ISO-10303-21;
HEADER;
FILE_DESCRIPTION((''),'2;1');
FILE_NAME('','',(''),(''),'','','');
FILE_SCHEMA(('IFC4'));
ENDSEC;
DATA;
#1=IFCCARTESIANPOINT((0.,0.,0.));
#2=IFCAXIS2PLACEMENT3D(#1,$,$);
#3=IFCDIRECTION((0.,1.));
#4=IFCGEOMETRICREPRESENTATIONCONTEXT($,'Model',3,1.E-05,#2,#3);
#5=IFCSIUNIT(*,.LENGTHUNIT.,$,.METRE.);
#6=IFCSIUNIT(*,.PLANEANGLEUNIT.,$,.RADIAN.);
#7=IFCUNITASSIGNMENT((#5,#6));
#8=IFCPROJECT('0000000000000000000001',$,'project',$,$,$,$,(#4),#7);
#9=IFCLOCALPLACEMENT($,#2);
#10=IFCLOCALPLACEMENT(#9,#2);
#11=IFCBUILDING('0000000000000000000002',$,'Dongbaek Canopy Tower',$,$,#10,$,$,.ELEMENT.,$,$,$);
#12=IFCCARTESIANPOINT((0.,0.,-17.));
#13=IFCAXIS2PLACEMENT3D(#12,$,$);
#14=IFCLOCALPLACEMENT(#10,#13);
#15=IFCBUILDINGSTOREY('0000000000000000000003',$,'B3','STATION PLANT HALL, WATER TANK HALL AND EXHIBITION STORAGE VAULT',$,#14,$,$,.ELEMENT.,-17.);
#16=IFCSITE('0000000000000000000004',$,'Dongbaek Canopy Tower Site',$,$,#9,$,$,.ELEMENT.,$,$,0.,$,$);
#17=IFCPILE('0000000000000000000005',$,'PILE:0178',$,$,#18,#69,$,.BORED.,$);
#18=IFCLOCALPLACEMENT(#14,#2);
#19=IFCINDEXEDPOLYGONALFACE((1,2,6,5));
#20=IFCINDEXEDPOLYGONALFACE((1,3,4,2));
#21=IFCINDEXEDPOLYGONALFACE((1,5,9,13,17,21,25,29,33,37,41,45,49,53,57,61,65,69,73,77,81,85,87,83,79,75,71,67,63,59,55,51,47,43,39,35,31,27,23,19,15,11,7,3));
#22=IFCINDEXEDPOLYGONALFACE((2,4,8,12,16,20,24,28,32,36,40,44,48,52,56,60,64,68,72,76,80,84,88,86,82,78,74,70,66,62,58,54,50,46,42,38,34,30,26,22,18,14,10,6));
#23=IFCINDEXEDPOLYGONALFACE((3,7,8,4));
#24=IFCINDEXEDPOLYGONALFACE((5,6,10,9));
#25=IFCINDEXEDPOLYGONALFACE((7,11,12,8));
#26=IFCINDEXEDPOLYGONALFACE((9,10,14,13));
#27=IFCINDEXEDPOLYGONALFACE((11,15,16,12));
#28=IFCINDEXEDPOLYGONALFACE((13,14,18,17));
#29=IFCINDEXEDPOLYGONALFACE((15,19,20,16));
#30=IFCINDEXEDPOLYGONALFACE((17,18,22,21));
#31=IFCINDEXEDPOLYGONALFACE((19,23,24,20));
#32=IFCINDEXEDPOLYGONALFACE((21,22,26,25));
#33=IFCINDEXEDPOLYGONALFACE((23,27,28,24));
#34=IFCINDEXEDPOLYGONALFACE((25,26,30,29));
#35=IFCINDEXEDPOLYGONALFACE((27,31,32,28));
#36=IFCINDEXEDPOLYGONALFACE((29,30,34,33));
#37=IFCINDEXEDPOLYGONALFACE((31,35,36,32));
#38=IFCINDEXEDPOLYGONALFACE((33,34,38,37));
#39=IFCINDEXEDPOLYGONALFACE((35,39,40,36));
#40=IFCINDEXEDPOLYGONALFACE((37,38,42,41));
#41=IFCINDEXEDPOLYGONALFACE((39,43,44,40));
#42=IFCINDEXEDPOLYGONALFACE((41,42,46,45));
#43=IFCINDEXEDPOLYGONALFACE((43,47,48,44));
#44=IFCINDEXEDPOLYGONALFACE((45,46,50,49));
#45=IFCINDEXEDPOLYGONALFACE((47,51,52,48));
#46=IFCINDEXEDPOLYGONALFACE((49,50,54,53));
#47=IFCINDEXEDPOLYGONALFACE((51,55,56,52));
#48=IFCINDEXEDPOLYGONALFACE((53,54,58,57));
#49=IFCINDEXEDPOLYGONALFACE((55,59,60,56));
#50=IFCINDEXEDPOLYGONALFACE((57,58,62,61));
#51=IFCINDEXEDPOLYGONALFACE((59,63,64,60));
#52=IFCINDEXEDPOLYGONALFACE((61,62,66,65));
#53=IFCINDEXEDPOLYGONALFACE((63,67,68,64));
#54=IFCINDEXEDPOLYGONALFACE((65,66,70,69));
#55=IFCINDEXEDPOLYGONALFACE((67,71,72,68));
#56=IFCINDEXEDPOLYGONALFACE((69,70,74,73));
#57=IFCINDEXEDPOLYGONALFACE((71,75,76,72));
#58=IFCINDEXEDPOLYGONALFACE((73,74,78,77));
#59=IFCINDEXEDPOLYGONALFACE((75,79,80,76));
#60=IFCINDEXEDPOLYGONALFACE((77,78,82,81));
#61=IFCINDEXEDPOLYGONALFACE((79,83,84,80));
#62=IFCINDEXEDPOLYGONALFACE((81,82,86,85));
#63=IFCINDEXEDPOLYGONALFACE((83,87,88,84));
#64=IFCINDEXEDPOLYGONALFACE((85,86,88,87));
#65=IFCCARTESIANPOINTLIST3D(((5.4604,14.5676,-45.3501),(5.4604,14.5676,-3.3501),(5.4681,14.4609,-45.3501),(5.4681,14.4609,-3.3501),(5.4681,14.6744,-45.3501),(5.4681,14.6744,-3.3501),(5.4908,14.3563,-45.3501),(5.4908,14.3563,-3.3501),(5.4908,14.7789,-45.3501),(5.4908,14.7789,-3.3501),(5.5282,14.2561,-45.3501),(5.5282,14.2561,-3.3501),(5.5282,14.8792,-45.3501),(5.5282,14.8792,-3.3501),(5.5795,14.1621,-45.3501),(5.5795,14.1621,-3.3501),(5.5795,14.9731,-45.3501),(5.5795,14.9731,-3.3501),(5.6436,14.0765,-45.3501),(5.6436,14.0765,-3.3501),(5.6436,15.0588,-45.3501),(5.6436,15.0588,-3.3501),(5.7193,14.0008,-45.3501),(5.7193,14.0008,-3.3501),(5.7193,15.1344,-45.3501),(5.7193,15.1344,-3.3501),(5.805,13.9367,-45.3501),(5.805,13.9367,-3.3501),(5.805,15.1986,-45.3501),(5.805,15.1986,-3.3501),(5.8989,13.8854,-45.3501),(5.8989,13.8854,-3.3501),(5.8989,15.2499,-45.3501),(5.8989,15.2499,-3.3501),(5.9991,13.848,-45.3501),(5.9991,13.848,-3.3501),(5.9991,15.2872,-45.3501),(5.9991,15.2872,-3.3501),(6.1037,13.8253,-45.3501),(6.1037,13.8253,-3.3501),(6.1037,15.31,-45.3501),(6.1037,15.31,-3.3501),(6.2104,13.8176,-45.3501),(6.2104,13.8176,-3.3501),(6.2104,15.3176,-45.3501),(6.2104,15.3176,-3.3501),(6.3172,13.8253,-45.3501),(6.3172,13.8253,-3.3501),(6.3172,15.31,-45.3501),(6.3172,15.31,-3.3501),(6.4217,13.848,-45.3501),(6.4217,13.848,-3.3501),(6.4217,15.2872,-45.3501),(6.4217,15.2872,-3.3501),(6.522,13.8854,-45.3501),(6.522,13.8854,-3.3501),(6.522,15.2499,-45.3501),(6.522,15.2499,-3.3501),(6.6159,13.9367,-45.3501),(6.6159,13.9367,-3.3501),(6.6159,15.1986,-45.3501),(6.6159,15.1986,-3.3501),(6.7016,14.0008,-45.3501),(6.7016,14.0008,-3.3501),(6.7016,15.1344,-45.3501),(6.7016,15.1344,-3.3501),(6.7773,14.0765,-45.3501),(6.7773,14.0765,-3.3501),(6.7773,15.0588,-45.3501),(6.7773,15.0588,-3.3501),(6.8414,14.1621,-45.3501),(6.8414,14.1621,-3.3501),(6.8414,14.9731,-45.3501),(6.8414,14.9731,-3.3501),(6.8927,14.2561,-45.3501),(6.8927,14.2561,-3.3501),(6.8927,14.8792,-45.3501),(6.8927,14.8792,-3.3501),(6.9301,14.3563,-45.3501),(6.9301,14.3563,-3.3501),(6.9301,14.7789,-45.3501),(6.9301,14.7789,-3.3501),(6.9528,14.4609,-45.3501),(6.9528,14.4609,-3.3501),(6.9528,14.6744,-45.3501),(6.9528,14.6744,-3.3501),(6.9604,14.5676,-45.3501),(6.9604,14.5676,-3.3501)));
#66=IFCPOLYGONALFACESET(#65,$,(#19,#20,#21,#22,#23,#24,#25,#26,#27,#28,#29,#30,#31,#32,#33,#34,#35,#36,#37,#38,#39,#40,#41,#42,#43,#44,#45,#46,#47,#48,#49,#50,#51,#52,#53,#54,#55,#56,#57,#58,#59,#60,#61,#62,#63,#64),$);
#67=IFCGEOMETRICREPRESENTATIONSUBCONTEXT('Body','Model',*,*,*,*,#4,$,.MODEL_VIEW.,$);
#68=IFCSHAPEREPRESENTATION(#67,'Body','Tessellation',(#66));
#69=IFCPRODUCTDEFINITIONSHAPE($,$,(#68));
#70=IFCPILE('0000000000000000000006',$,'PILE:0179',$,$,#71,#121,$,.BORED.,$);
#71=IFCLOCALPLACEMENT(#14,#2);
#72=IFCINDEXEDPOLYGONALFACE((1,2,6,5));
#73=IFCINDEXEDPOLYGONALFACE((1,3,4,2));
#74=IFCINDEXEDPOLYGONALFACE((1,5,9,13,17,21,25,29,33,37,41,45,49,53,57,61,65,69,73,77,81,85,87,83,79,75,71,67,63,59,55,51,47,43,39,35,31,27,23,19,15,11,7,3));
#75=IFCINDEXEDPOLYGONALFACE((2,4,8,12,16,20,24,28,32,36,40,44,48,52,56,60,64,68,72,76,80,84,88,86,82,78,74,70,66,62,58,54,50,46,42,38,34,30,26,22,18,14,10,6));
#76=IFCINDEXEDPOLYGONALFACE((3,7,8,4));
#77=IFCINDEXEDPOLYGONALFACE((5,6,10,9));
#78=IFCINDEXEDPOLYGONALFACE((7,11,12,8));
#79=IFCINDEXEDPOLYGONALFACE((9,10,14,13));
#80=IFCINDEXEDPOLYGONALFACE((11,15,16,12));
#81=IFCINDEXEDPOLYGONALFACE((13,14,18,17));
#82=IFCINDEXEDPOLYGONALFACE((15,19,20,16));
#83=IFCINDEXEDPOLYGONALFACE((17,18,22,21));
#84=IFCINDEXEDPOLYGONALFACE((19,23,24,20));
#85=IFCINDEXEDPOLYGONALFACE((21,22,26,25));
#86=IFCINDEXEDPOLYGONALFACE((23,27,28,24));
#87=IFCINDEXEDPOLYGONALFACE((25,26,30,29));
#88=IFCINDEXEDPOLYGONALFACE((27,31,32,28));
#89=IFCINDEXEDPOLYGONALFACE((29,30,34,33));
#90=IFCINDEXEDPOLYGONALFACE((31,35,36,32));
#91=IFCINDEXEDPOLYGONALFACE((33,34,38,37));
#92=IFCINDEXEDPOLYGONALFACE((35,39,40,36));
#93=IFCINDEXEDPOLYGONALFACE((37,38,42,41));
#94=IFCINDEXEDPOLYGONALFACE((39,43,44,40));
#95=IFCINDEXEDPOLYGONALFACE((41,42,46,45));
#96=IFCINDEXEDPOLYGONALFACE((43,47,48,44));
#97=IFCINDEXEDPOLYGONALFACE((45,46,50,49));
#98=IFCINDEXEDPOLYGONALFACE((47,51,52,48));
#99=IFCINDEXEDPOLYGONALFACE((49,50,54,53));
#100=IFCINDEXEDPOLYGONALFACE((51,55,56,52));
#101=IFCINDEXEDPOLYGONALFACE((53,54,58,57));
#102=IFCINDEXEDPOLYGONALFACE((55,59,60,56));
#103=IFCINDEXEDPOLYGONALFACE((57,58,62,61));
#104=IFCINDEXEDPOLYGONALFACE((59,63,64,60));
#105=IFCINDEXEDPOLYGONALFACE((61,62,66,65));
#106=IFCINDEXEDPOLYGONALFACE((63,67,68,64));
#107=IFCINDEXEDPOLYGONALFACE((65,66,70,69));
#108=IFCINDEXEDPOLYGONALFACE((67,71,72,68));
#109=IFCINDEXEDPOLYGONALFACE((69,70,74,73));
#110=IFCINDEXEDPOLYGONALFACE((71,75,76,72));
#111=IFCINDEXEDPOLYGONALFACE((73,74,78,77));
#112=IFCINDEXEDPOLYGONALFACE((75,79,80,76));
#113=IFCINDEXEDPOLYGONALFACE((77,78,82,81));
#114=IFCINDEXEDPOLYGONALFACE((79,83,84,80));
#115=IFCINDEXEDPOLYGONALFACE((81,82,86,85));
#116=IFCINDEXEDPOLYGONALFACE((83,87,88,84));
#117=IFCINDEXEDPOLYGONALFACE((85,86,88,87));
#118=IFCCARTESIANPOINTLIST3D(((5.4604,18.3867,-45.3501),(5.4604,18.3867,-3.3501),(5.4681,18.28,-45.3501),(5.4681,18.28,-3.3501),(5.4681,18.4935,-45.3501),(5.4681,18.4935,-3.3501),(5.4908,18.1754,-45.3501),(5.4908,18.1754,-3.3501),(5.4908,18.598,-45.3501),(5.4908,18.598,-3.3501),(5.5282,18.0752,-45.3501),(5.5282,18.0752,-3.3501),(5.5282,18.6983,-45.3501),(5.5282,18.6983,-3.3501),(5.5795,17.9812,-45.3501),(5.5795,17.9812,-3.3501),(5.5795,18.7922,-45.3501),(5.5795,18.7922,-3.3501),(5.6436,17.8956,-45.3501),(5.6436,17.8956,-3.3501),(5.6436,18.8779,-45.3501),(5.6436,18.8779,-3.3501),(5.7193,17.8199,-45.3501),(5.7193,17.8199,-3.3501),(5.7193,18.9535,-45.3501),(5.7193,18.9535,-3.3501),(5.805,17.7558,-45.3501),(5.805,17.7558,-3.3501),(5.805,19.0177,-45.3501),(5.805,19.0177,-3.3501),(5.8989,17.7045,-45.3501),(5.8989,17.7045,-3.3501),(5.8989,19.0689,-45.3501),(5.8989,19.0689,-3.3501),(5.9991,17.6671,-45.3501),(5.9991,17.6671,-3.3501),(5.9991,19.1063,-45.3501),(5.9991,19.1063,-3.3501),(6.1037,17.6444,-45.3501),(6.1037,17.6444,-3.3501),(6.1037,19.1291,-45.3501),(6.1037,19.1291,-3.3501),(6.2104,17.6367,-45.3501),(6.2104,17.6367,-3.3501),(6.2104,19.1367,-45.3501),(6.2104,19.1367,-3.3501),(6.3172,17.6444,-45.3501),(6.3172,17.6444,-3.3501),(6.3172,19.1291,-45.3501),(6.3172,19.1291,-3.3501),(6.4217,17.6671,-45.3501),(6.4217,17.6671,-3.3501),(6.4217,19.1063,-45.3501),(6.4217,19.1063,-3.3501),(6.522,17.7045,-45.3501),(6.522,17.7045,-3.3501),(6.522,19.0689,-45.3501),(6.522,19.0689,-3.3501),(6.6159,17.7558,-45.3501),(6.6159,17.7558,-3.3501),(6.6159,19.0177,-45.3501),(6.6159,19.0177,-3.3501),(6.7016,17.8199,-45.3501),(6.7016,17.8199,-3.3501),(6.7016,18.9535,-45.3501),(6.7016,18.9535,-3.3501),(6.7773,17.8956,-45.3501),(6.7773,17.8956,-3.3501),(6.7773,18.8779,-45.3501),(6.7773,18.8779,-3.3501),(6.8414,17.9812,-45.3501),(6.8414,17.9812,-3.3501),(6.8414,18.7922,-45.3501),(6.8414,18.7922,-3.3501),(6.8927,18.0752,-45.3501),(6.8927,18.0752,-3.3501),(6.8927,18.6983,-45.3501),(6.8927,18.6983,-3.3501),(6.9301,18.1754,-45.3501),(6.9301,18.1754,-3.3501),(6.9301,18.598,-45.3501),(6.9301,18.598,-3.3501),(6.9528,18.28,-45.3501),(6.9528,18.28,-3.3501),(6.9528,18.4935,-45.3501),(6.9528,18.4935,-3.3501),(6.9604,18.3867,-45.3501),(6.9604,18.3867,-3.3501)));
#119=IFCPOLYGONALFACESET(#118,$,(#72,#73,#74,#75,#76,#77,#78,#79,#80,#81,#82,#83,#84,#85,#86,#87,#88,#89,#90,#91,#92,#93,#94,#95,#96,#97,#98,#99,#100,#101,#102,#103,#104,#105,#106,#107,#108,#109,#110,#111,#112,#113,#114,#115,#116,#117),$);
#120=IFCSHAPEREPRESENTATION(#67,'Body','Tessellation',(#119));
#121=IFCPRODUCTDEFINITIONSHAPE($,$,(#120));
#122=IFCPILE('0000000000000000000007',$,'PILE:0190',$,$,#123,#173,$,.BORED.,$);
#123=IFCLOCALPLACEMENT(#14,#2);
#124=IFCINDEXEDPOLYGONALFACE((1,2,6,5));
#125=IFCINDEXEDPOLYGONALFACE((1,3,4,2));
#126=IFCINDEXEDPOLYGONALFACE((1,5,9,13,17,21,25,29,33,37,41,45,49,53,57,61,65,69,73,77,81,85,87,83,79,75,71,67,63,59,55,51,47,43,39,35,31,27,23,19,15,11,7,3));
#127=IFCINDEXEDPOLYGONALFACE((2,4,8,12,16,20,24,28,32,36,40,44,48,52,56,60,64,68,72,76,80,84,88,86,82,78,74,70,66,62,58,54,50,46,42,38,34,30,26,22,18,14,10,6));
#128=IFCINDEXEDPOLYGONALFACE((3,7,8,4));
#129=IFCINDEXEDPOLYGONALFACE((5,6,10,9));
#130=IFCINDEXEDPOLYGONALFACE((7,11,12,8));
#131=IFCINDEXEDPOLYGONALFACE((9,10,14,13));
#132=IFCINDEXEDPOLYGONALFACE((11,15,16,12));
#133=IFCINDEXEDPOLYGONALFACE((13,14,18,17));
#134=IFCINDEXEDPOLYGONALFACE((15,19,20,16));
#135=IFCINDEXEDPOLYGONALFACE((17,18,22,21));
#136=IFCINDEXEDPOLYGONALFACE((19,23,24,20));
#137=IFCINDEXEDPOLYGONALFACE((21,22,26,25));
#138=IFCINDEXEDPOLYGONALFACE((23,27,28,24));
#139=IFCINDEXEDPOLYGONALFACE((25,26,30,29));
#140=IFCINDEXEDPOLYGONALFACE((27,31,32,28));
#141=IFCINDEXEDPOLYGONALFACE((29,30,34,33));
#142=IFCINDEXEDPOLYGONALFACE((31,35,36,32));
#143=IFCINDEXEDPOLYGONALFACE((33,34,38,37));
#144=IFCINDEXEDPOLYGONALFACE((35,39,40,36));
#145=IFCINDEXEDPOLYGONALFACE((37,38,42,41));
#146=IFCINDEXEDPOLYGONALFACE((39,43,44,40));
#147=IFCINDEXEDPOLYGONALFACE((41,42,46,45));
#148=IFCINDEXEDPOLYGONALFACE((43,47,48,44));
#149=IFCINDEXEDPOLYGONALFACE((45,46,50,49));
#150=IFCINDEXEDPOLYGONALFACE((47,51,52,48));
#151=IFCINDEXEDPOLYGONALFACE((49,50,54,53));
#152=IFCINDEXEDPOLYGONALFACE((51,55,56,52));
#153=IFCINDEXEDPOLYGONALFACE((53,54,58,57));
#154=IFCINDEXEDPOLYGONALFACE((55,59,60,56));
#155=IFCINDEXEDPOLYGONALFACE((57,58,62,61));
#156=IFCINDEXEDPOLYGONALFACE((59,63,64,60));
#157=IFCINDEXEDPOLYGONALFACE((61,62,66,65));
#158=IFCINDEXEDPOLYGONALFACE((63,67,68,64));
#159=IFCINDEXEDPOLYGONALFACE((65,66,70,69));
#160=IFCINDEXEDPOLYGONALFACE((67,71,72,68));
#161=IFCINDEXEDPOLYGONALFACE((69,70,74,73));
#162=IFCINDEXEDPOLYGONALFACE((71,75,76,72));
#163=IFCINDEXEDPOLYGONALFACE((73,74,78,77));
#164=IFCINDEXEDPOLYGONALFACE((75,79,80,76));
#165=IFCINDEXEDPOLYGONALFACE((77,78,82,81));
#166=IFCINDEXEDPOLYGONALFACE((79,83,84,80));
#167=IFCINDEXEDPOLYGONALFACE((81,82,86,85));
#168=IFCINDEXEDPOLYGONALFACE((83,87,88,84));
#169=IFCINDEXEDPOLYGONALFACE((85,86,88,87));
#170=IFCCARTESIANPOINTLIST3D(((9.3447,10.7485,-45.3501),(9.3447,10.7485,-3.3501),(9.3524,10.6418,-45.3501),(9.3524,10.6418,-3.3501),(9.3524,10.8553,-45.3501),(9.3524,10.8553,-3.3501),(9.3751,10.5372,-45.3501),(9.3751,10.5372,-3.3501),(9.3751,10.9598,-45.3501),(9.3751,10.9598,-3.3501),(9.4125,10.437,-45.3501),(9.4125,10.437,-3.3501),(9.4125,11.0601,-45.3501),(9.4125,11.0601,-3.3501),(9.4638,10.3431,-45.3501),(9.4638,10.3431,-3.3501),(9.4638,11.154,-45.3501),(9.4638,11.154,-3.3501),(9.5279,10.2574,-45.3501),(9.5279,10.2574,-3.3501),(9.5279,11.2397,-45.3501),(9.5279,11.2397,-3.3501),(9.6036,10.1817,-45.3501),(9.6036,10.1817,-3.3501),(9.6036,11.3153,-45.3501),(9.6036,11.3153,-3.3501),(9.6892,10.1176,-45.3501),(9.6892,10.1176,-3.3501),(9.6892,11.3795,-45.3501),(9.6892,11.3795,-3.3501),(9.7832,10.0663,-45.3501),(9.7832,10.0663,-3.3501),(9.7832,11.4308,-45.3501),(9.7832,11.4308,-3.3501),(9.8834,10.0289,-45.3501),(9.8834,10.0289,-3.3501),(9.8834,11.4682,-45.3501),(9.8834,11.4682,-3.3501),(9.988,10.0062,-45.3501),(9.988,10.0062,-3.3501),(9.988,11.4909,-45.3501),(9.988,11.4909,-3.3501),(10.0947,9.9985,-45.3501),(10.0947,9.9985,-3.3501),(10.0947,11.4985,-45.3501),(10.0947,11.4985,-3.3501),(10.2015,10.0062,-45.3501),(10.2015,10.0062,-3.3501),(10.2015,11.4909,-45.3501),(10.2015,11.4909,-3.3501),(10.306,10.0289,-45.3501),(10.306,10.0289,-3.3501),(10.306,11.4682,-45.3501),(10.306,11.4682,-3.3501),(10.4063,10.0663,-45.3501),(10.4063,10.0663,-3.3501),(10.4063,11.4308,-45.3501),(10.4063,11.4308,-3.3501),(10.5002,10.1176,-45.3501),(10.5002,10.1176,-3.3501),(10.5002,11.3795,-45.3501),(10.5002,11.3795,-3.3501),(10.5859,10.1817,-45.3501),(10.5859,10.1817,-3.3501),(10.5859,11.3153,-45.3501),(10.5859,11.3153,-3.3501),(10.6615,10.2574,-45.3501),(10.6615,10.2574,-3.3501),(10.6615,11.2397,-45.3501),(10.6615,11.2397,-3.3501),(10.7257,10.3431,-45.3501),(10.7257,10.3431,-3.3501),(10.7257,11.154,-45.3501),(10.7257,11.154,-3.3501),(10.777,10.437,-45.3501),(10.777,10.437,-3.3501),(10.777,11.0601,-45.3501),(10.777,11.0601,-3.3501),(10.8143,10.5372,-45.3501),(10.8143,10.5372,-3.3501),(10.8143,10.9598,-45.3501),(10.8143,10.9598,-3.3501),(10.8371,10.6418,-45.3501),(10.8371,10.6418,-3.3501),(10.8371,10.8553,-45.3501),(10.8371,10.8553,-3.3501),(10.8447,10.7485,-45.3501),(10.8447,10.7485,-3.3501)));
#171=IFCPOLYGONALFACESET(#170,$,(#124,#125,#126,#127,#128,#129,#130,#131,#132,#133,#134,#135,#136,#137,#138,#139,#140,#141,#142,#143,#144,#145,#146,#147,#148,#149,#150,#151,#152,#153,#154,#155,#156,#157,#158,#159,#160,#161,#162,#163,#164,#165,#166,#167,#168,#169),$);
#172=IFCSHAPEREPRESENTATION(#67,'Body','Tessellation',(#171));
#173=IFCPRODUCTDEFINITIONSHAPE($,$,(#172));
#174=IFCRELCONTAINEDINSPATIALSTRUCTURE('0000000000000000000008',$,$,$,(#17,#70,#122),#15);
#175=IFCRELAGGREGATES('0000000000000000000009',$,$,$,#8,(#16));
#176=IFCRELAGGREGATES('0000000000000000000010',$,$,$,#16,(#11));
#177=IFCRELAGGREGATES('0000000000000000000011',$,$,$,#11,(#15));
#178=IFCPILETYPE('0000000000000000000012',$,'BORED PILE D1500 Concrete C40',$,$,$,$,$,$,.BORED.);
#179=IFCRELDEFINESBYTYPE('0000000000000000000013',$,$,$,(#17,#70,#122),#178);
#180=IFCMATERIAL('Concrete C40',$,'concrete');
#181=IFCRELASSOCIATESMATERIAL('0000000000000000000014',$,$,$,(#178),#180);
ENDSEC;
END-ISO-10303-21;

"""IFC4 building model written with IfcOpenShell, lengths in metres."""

from ifc_helpers import new_model, si_unit, direction, frame, origin, origin_2d, place, context, subcontext, project, spatial, circle, extrude, material, material_profile, profile_set, type_object, element, save


model = new_model("IFC4")

# Units and contexts
model_context = context("Model", 3, precision=1e-05, world=origin(), true_north=direction((0.0, 1.0)))
body_context = subcontext(model_context, "Body", "Model", "MODEL_VIEW")
ifc_project = project(units=[si_unit("LENGTHUNIT", "METRE"), si_unit("PLANEANGLEUNIT", "RADIAN")], contexts=[model_context])

# Site, building, storey
site_placement = place(None, origin())
site = spatial("IfcSite", under=ifc_project, at=site_placement, Name="Dongbaek Canopy Tower Site", CompositionType="ELEMENT", RefElevation=0.0)
building_placement = place(site_placement, origin())
building = spatial("IfcBuilding", under=site, at=building_placement, Name="Dongbaek Canopy Tower", CompositionType="ELEMENT")
storey_placement = place(building_placement, frame((0.0, 0.0, -17.0)))
storey = spatial("IfcBuildingStorey", under=building, at=storey_placement, Name="B3", Description="STATION PLANT HALL, WATER TANK HALL AND EXHIBITION STORAGE VAULT", CompositionType="ELEMENT", Elevation=-17.0)

# Piles
ifc_material_1 = material(Name="Concrete C40", Category="concrete")
ifc_material_profile_1 = material_profile(ifc_material_1, circle(Radius=0.75, at=origin_2d()), Name="BORED PILE D1500 Concrete C40")
ifc_profile_set_1 = profile_set([ifc_material_profile_1], Name="Concrete C40")
pile_type = type_object("IfcPileType", Name="BORED PILE D1500 Concrete C40", PredefinedType="BORED", material=ifc_profile_set_1)
for number, where, z_axis, x_axis, name in (
    (1, (6.2104, 14.5676, -3.3501), (0.0, 0.0, -1.0), (1.0, 0.0, 0.0), "PILE:0178"),
    (2, (6.2104, 18.3867, -3.3501), (0.0, 0.0, -1.0), (1.0, 0.0, 0.0), "PILE:0179"),
    (3, (10.0947, 10.7485, -3.3501), (0.0, 0.0, -1.0), (1.0, 0.0, 0.0), "PILE:0190"),
):
    element("IfcPile", number, at=place(storey_placement, frame(where, z_axis=z_axis, x_axis=x_axis)), inside=storey, type_object=pile_type, Name=name, PredefinedType="BORED", context=body_context, shape_type="SweptSolid", body=[
        extrude(circle(Radius=0.75, at=origin_2d()), origin(), (0.0, 0.0, 1.0), 42.0),
    ])

save(model, "model.ifc")
